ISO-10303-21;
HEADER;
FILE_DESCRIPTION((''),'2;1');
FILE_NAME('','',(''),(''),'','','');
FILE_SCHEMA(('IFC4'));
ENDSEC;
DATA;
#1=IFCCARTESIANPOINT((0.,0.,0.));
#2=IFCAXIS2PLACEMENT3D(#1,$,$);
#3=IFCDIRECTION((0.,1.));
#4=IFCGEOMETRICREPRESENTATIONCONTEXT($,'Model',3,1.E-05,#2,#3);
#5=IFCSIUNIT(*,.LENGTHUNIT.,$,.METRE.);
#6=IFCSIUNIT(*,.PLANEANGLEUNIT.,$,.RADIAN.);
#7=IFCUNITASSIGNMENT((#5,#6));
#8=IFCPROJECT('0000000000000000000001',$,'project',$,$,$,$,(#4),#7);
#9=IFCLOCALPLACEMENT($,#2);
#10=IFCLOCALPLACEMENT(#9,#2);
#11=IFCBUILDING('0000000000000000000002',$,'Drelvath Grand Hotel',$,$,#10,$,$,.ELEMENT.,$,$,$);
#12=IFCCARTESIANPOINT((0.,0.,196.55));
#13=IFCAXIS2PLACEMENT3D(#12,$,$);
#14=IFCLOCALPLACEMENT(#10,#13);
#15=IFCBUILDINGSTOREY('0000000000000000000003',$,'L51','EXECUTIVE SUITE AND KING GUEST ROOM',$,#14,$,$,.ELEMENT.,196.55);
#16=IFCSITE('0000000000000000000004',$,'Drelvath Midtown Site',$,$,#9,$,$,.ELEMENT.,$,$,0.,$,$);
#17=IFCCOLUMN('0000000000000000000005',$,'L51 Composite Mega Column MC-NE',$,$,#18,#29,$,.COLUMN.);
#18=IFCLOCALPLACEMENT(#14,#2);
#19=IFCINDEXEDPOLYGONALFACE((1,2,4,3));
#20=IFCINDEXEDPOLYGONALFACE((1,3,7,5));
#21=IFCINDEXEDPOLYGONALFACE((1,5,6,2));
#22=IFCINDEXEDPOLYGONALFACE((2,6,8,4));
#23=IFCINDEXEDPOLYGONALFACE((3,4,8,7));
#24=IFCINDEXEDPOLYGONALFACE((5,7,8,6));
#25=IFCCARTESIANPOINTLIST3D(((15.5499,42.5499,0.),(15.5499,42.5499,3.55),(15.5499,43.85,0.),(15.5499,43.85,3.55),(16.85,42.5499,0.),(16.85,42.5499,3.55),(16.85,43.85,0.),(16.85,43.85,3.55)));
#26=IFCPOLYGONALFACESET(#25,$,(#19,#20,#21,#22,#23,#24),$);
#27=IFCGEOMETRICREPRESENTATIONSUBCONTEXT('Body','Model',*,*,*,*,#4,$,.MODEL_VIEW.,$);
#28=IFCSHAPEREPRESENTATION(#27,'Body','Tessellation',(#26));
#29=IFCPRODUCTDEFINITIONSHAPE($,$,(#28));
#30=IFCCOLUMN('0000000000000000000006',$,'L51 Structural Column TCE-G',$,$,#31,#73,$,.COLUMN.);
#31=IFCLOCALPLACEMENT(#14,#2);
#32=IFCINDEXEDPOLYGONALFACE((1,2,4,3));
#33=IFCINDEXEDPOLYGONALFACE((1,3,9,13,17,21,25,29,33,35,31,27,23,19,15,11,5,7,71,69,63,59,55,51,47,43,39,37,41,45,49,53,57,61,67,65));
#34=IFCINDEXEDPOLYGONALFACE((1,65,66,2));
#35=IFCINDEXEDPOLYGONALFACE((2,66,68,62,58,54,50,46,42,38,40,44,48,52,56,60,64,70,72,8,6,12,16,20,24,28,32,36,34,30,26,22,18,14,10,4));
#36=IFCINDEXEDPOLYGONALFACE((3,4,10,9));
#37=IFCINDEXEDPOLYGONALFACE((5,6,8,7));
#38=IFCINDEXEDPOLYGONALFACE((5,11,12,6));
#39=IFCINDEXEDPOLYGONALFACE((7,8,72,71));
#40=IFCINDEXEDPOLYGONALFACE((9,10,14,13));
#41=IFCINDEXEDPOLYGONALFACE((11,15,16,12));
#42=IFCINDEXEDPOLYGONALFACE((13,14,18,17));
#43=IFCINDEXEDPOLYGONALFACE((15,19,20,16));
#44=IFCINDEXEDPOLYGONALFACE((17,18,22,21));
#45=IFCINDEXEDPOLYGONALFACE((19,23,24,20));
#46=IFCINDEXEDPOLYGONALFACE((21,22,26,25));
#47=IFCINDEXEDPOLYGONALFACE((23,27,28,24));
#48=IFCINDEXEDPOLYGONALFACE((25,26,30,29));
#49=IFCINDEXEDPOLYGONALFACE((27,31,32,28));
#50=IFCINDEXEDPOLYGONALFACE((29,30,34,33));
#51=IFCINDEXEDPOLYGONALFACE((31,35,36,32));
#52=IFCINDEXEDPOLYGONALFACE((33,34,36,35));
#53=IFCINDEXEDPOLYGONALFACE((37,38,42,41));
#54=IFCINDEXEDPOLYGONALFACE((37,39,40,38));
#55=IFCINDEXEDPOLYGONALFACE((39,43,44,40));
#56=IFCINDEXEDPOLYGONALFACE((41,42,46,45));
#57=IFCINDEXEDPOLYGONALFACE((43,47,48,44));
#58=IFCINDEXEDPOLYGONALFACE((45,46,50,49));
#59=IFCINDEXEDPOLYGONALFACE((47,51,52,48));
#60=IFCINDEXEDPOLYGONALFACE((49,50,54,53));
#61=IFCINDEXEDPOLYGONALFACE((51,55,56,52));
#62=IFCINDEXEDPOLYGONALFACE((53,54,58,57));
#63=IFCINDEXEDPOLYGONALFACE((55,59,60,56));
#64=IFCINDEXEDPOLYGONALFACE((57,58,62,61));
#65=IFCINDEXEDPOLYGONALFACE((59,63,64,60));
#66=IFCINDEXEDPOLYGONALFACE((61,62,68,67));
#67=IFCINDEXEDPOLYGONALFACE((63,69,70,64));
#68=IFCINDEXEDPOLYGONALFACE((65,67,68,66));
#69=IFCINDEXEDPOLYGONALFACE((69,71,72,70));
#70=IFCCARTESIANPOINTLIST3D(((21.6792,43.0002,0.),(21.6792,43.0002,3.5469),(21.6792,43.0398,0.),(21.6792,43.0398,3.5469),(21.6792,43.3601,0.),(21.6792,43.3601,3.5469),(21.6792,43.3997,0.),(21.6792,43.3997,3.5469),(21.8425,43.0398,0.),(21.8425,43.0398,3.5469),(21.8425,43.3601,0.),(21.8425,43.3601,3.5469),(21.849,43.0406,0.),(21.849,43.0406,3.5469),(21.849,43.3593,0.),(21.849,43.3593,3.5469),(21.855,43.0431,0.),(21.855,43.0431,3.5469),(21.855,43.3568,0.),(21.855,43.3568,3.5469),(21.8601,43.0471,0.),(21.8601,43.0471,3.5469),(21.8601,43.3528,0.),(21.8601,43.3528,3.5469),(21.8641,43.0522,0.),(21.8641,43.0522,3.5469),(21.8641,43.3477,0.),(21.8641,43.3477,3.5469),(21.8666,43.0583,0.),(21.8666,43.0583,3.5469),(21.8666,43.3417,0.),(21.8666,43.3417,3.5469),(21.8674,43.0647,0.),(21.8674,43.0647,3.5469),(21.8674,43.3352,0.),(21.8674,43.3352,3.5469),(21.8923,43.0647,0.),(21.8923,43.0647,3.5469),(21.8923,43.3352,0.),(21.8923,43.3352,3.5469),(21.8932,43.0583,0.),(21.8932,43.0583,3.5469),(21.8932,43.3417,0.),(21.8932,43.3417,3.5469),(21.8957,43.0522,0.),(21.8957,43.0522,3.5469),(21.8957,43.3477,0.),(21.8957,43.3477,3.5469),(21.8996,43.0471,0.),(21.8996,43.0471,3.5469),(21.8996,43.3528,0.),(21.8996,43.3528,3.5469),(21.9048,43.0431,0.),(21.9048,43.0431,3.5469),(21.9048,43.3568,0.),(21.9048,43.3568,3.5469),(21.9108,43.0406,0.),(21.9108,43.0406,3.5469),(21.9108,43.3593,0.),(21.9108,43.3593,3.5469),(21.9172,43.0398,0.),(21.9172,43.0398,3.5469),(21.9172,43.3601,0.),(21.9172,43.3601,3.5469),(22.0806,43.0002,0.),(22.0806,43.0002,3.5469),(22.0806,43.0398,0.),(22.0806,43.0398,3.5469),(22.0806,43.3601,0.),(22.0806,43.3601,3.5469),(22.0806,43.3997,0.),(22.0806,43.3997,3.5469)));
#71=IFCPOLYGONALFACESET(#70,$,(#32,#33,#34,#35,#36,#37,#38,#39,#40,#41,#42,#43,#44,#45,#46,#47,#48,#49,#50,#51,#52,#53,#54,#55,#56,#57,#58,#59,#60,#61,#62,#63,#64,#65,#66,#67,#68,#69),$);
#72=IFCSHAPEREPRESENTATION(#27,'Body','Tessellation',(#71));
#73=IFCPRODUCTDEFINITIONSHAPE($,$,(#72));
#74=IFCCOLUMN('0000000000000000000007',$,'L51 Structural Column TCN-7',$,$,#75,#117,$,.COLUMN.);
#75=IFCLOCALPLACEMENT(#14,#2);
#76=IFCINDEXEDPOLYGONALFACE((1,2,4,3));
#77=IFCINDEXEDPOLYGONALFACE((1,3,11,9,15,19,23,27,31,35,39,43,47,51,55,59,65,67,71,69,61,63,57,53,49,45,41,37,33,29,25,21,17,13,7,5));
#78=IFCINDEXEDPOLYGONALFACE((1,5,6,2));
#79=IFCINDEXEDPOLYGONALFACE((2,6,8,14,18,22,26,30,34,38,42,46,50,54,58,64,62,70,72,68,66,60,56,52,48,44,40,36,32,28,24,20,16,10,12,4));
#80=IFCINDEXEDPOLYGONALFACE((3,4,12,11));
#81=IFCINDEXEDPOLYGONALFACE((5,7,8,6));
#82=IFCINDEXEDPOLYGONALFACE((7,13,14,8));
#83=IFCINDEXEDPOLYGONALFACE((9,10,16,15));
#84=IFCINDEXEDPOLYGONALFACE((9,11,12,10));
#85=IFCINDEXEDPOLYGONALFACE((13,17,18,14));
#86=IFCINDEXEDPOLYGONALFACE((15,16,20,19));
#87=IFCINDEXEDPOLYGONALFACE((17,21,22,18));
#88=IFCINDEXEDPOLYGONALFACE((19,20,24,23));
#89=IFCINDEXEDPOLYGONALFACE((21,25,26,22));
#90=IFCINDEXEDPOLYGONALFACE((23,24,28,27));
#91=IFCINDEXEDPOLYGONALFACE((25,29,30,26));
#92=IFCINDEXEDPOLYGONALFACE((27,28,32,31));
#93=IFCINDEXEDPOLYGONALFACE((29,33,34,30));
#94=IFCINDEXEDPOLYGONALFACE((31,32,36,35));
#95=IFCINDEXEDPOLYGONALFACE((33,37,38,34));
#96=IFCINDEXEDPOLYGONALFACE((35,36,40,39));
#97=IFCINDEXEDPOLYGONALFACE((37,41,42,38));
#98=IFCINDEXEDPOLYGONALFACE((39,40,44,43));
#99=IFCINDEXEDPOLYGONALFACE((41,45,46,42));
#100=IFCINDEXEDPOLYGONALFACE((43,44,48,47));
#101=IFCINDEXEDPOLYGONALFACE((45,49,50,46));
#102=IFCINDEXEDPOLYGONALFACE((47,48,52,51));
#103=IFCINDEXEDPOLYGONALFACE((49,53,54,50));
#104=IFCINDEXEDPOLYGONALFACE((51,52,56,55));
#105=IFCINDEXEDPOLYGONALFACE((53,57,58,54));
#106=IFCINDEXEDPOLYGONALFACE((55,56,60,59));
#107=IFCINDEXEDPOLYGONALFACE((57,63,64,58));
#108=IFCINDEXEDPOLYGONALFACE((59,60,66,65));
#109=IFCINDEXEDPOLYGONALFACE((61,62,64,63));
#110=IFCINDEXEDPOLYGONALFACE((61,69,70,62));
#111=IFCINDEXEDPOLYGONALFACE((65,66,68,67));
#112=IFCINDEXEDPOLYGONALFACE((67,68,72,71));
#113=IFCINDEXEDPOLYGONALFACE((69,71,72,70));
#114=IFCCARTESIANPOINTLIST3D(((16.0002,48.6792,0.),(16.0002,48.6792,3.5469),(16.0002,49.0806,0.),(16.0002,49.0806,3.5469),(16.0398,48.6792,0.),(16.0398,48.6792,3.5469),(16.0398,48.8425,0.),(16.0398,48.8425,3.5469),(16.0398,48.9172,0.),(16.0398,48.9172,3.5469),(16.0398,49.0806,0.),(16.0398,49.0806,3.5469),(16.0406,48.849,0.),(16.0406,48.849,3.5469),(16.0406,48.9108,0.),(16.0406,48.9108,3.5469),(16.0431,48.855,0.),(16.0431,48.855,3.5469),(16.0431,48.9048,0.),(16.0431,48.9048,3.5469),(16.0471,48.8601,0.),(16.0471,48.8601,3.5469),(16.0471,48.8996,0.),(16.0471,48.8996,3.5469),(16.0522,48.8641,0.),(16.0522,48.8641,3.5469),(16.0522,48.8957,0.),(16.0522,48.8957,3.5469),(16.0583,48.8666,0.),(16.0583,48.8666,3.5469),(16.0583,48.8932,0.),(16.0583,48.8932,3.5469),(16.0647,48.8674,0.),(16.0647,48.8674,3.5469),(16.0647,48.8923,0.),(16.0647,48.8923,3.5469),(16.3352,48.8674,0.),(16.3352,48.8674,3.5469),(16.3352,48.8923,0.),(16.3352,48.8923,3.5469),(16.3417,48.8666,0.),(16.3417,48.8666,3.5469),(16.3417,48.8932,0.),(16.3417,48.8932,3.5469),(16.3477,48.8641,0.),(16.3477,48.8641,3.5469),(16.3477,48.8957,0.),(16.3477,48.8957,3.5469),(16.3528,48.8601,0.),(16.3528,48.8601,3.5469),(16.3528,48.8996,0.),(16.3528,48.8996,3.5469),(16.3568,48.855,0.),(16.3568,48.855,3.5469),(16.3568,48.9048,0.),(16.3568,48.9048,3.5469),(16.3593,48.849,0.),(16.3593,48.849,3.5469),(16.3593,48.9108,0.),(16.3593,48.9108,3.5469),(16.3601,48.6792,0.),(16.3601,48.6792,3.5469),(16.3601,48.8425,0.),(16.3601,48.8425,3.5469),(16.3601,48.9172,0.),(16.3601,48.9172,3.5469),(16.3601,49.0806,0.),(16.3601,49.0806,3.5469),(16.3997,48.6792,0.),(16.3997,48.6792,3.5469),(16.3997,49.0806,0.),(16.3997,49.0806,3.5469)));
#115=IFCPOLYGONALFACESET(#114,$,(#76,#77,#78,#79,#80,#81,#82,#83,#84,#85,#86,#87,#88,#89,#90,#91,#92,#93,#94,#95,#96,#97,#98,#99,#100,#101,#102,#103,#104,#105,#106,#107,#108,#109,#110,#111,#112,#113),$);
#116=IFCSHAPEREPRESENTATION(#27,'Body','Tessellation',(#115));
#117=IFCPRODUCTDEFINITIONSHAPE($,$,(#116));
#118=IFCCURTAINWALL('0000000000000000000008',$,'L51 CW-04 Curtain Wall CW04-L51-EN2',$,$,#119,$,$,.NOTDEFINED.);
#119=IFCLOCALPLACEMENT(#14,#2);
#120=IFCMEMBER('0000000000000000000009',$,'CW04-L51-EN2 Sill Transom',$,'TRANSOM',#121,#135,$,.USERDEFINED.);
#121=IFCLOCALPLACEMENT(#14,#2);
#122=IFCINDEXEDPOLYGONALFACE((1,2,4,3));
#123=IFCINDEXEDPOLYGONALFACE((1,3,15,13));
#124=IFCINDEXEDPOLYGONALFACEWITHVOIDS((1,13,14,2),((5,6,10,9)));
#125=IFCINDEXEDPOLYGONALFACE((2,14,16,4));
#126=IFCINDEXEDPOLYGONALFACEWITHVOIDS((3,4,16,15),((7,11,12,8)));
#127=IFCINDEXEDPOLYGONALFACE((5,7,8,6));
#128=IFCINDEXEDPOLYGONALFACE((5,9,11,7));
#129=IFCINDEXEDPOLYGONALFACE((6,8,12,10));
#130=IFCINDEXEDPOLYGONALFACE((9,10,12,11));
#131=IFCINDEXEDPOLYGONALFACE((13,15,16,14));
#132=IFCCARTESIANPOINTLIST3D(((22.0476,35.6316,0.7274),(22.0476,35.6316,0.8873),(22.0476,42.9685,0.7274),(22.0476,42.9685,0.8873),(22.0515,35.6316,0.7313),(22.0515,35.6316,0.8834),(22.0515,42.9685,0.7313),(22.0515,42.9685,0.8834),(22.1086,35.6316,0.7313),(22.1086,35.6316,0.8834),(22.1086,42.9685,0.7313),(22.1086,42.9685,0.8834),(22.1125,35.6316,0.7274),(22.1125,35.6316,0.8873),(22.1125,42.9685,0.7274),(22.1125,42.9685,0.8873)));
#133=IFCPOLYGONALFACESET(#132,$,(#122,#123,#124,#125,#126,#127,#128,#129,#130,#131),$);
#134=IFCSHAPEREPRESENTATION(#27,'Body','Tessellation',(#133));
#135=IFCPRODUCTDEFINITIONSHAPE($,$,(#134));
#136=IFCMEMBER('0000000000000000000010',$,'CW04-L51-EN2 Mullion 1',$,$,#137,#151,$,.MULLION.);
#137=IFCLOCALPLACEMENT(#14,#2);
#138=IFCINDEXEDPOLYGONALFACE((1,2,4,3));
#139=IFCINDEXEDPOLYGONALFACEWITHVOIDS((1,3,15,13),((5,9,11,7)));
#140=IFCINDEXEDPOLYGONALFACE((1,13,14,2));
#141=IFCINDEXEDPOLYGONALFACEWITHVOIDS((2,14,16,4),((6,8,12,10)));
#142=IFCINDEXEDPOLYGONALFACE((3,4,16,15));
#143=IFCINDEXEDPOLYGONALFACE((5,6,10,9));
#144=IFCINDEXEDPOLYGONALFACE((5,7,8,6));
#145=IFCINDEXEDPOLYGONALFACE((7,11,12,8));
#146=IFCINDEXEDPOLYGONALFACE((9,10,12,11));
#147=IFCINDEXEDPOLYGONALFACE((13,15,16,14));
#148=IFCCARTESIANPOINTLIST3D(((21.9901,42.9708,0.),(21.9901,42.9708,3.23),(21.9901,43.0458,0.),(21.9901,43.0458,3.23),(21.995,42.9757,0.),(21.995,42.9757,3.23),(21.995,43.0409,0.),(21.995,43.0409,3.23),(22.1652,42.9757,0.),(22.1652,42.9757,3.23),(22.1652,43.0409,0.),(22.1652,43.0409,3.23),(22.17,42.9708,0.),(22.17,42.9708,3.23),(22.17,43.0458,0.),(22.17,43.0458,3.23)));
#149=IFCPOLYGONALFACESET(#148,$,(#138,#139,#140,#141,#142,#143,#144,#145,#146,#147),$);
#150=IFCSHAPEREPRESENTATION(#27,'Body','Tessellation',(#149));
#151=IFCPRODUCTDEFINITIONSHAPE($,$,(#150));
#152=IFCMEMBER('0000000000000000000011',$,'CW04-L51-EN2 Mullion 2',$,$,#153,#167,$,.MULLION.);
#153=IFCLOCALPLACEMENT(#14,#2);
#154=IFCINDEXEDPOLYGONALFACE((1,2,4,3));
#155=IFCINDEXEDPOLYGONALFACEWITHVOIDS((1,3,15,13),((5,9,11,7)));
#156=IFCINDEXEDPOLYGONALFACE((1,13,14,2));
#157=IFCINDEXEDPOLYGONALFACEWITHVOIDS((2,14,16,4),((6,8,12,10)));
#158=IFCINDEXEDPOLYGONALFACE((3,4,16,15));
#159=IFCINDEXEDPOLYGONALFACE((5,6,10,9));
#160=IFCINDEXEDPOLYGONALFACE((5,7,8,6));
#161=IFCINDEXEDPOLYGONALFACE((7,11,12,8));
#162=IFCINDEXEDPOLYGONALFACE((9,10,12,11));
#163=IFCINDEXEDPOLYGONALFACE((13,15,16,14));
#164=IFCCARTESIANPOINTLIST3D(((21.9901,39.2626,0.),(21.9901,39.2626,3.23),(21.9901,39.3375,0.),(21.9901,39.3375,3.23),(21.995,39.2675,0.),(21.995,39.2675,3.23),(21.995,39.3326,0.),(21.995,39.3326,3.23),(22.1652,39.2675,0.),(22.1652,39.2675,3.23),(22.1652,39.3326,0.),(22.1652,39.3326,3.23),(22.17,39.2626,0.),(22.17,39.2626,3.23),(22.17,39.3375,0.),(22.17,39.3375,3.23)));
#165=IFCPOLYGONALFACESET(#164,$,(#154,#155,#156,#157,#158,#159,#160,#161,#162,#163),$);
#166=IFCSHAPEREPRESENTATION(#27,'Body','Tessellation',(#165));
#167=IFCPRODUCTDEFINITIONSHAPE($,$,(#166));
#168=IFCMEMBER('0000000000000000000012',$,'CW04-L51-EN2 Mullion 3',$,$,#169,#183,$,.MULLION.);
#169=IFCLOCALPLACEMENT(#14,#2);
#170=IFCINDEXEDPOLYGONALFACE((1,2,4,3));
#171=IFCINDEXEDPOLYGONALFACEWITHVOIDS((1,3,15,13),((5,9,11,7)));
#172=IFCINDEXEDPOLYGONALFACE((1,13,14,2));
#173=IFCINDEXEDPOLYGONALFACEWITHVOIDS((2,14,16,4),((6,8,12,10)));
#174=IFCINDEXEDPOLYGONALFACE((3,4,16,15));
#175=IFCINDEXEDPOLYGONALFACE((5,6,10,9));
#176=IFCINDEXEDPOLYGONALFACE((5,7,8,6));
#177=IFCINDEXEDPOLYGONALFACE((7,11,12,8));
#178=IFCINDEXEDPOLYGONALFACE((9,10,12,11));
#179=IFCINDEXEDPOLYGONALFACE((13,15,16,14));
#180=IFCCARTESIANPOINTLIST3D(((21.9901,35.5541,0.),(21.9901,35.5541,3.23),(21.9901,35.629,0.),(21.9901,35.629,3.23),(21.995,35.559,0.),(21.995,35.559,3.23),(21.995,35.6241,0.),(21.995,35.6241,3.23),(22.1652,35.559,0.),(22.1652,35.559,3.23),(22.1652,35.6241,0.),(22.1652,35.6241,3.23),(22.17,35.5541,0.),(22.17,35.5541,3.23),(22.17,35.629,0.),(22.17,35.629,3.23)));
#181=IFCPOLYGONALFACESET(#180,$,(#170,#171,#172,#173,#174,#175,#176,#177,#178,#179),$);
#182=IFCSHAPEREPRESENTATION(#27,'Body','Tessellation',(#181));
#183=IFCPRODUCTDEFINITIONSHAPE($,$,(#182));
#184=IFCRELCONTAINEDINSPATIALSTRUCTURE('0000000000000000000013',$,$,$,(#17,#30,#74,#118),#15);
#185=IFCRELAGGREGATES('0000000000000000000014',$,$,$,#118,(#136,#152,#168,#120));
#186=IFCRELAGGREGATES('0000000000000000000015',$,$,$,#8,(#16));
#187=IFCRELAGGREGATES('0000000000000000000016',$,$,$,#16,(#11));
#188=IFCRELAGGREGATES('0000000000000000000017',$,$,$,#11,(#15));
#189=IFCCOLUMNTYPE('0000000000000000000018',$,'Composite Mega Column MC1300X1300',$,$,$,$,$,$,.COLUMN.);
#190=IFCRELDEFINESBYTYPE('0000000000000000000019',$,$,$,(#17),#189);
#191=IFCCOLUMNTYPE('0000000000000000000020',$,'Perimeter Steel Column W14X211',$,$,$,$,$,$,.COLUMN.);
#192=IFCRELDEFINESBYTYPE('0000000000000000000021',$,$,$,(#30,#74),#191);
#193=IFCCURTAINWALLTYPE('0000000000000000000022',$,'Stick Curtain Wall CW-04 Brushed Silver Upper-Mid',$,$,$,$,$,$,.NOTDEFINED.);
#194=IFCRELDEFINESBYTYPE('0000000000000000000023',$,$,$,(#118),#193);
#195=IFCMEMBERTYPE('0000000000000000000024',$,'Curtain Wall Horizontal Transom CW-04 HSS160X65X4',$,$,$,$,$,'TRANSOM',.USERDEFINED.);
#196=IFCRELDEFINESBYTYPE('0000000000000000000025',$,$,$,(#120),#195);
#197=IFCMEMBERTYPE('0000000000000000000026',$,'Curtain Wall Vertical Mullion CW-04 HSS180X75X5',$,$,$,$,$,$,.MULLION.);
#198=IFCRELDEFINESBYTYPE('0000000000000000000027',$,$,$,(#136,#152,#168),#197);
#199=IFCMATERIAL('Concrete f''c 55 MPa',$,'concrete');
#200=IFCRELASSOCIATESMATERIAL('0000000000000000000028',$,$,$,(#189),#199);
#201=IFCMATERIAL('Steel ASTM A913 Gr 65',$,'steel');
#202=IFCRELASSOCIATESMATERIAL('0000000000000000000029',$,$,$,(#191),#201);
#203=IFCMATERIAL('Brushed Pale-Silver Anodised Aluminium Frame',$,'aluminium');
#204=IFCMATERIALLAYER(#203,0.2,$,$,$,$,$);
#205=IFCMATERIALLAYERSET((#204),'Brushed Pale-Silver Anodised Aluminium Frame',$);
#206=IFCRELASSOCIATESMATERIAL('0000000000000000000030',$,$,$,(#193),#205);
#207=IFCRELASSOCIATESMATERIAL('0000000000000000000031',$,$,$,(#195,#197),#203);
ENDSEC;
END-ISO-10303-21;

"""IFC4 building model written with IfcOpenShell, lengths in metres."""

from ifc_helpers import new_model, si_unit, direction, frame, origin, origin_2d, place, context, subcontext, project, spatial, rectangle, hollow_rectangle, i_section, extrude, material, layer, layer_set, material_profile, profile_set, type_object, element, aggregate, save


model = new_model("IFC4")

# Units and contexts
model_context = context("Model", 3, precision=1e-05, world=origin(), true_north=direction((0.0, 1.0)))
body_context = subcontext(model_context, "Body", "Model", "MODEL_VIEW")
ifc_project = project(units=[si_unit("LENGTHUNIT", "METRE"), si_unit("PLANEANGLEUNIT", "RADIAN")], contexts=[model_context])

# Site, building, storey
site_placement = place(None, origin())
site = spatial("IfcSite", under=ifc_project, at=site_placement, Name="Drelvath Midtown Site", CompositionType="ELEMENT", RefElevation=0.0)
building_placement = place(site_placement, origin())
building = spatial("IfcBuilding", under=site, at=building_placement, Name="Drelvath Grand Hotel", CompositionType="ELEMENT")
storey_placement = place(building_placement, frame((0.0, 0.0, 196.55)))
storey = spatial("IfcBuildingStorey", under=building, at=storey_placement, Name="L51", Description="EXECUTIVE SUITE AND KING GUEST ROOM", CompositionType="ELEMENT", Elevation=196.55)

# Columns
ifc_material_1 = material(Name="Concrete f'c 55 MPa", Category="concrete")
ifc_material_profile_1 = material_profile(ifc_material_1, rectangle(XDim=1.3, YDim=1.3, at=origin_2d()), Name="MC1300X1300")
ifc_profile_set_1 = profile_set([ifc_material_profile_1], Name="Concrete f'c 55 MPa")
column_type_1 = type_object("IfcColumnType", Name="Composite Mega Column MC1300X1300", PredefinedType="COLUMN", material=ifc_profile_set_1)
column_placement = place(storey_placement, frame((16.2, 43.2, 0.0), z_axis=(0.0, 0.0, 1.0), x_axis=(1.0, 0.0, 0.0)))
element("IfcColumn", 1, at=column_placement, inside=storey, type_object=column_type_1, Name="L51 Composite Mega Column MC-NE", PredefinedType="COLUMN", context=body_context, shape_type="SweptSolid", body=[
    extrude(rectangle(XDim=1.3, YDim=1.3, at=origin_2d()), origin(), (0.0, 0.0, 1.0), 3.55),
])
ifc_material_2 = material(Name="Steel ASTM A913 Gr 65", Category="steel")
ifc_material_profile_2 = material_profile(ifc_material_2, i_section(OverallWidth=0.4014, OverallDepth=0.3994, WebThickness=0.0249, FlangeThickness=0.0396, FilletRadius=0.0249, at=origin_2d()), Name="W14X211")
ifc_profile_set_2 = profile_set([ifc_material_profile_2], Name="Steel ASTM A913 Gr 65")
column_type_2 = type_object("IfcColumnType", Name="Perimeter Steel Column W14X211", PredefinedType="COLUMN", material=ifc_profile_set_2)
for number, where, z_axis, x_axis, name in (
    (2, (21.8799, 43.2, 0.0), (0.0, 0.0, 1.0), (1.0, 0.0, 0.0), "L51 Structural Column TCE-G"),
    (3, (16.2, 48.8799, 0.0), (0.0, 0.0, 1.0), (0.0, 1.0, 0.0), "L51 Structural Column TCN-7"),
):
    element("IfcColumn", number, at=place(storey_placement, frame(where, z_axis=z_axis, x_axis=x_axis)), inside=storey, type_object=column_type_2, Name=name, PredefinedType="COLUMN", context=body_context, shape_type="SweptSolid", body=[
        extrude(i_section(OverallWidth=0.4014, OverallDepth=0.3994, WebThickness=0.0249, FlangeThickness=0.0396, FilletRadius=0.0249, at=origin_2d()), origin(), (0.0, 0.0, 1.0), 3.5469),
    ])

# Curtain wall, members
ifc_material_3 = material(Name="Brushed Pale-Silver Anodised Aluminium Frame", Category="aluminium")
ifc_layer_1 = layer(ifc_material_3, 0.2)
ifc_layer_set_1 = layer_set([ifc_layer_1], Name="Brushed Pale-Silver Anodised Aluminium Frame")
curtain_wall_type = type_object("IfcCurtainWallType", Name="Stick Curtain Wall CW-04 Brushed Silver Upper-Mid", PredefinedType="NOTDEFINED", material=ifc_layer_set_1)
curtain_wall_1_placement = place(storey_placement, origin())
curtain_wall_1 = element("IfcCurtainWall", 4, at=curtain_wall_1_placement, inside=storey, type_object=curtain_wall_type, Name="L51 CW-04 Curtain Wall CW04-L51-EN2", PredefinedType="NOTDEFINED")
ifc_material_profile_3 = material_profile(ifc_material_3, hollow_rectangle(XDim=0.0649, YDim=0.1599, WallThickness=0.0039, at=origin_2d()), Name="HSS160X65X4")
ifc_profile_set_3 = profile_set([ifc_material_profile_3], Name="Brushed Pale-Silver Anodised Aluminium Frame")
member_type_1 = type_object("IfcMemberType", Name="Curtain Wall Horizontal Transom CW-04 HSS160X65X4", ElementType="TRANSOM", PredefinedType="USERDEFINED", material=ifc_profile_set_3)
member_1_placement = place(storey_placement, frame((22.0801, 42.9685, 0.8074), z_axis=(0.0, -1.0, 0.0), x_axis=(1.0, 0.0, 0.0)))
member_1 = element("IfcMember", 5, at=member_1_placement, type_object=member_type_1, Name="CW04-L51-EN2 Sill Transom", ObjectType="TRANSOM", PredefinedType="USERDEFINED", context=body_context, shape_type="SweptSolid", body=[
    extrude(hollow_rectangle(XDim=0.0649, YDim=0.1599, WallThickness=0.0039, at=origin_2d()), origin(), (0.0, 0.0, 1.0), 7.3369),
])
ifc_material_profile_4 = material_profile(ifc_material_3, hollow_rectangle(XDim=0.075, YDim=0.1799, WallThickness=0.0049, at=origin_2d()), Name="HSS180X75X5")
ifc_profile_set_4 = profile_set([ifc_material_profile_4], Name="Brushed Pale-Silver Anodised Aluminium Frame")
member_type_2 = type_object("IfcMemberType", Name="Curtain Wall Vertical Mullion CW-04 HSS180X75X5", PredefinedType="MULLION", material=ifc_profile_set_4)
member_2_placement = place(storey_placement, frame((22.0801, 43.0083, 0.0), z_axis=(0.0, 0.0, 1.0), x_axis=(0.0, 1.0, 0.0)))
member_2 = element("IfcMember", 6, at=member_2_placement, type_object=member_type_2, Name="CW04-L51-EN2 Mullion 1", PredefinedType="MULLION", context=body_context, shape_type="SweptSolid", body=[
    extrude(hollow_rectangle(XDim=0.075, YDim=0.1799, WallThickness=0.0049, at=origin_2d()), origin(), (0.0, 0.0, 1.0), 3.23),
])
member_3_placement = place(storey_placement, frame((22.0801, 39.3, 0.0), z_axis=(0.0, 0.0, 1.0), x_axis=(0.0, 1.0, 0.0)))
member_3 = element("IfcMember", 7, at=member_3_placement, type_object=member_type_2, Name="CW04-L51-EN2 Mullion 2", PredefinedType="MULLION", context=body_context, shape_type="SweptSolid", body=[
    extrude(hollow_rectangle(XDim=0.075, YDim=0.1799, WallThickness=0.0049, at=origin_2d()), origin(), (0.0, 0.0, 1.0), 3.23),
])
member_4_placement = place(storey_placement, frame((22.0801, 35.5916, 0.0), z_axis=(0.0, 0.0, 1.0), x_axis=(0.0, 1.0, 0.0)))
member_4 = element("IfcMember", 8, at=member_4_placement, type_object=member_type_2, Name="CW04-L51-EN2 Mullion 3", PredefinedType="MULLION", context=body_context, shape_type="SweptSolid", body=[
    extrude(hollow_rectangle(XDim=0.075, YDim=0.1799, WallThickness=0.0049, at=origin_2d()), origin(), (0.0, 0.0, 1.0), 3.23),
])

aggregate(curtain_wall_1, [member_2, member_3, member_4, member_1])

save(model, "model.ifc")
